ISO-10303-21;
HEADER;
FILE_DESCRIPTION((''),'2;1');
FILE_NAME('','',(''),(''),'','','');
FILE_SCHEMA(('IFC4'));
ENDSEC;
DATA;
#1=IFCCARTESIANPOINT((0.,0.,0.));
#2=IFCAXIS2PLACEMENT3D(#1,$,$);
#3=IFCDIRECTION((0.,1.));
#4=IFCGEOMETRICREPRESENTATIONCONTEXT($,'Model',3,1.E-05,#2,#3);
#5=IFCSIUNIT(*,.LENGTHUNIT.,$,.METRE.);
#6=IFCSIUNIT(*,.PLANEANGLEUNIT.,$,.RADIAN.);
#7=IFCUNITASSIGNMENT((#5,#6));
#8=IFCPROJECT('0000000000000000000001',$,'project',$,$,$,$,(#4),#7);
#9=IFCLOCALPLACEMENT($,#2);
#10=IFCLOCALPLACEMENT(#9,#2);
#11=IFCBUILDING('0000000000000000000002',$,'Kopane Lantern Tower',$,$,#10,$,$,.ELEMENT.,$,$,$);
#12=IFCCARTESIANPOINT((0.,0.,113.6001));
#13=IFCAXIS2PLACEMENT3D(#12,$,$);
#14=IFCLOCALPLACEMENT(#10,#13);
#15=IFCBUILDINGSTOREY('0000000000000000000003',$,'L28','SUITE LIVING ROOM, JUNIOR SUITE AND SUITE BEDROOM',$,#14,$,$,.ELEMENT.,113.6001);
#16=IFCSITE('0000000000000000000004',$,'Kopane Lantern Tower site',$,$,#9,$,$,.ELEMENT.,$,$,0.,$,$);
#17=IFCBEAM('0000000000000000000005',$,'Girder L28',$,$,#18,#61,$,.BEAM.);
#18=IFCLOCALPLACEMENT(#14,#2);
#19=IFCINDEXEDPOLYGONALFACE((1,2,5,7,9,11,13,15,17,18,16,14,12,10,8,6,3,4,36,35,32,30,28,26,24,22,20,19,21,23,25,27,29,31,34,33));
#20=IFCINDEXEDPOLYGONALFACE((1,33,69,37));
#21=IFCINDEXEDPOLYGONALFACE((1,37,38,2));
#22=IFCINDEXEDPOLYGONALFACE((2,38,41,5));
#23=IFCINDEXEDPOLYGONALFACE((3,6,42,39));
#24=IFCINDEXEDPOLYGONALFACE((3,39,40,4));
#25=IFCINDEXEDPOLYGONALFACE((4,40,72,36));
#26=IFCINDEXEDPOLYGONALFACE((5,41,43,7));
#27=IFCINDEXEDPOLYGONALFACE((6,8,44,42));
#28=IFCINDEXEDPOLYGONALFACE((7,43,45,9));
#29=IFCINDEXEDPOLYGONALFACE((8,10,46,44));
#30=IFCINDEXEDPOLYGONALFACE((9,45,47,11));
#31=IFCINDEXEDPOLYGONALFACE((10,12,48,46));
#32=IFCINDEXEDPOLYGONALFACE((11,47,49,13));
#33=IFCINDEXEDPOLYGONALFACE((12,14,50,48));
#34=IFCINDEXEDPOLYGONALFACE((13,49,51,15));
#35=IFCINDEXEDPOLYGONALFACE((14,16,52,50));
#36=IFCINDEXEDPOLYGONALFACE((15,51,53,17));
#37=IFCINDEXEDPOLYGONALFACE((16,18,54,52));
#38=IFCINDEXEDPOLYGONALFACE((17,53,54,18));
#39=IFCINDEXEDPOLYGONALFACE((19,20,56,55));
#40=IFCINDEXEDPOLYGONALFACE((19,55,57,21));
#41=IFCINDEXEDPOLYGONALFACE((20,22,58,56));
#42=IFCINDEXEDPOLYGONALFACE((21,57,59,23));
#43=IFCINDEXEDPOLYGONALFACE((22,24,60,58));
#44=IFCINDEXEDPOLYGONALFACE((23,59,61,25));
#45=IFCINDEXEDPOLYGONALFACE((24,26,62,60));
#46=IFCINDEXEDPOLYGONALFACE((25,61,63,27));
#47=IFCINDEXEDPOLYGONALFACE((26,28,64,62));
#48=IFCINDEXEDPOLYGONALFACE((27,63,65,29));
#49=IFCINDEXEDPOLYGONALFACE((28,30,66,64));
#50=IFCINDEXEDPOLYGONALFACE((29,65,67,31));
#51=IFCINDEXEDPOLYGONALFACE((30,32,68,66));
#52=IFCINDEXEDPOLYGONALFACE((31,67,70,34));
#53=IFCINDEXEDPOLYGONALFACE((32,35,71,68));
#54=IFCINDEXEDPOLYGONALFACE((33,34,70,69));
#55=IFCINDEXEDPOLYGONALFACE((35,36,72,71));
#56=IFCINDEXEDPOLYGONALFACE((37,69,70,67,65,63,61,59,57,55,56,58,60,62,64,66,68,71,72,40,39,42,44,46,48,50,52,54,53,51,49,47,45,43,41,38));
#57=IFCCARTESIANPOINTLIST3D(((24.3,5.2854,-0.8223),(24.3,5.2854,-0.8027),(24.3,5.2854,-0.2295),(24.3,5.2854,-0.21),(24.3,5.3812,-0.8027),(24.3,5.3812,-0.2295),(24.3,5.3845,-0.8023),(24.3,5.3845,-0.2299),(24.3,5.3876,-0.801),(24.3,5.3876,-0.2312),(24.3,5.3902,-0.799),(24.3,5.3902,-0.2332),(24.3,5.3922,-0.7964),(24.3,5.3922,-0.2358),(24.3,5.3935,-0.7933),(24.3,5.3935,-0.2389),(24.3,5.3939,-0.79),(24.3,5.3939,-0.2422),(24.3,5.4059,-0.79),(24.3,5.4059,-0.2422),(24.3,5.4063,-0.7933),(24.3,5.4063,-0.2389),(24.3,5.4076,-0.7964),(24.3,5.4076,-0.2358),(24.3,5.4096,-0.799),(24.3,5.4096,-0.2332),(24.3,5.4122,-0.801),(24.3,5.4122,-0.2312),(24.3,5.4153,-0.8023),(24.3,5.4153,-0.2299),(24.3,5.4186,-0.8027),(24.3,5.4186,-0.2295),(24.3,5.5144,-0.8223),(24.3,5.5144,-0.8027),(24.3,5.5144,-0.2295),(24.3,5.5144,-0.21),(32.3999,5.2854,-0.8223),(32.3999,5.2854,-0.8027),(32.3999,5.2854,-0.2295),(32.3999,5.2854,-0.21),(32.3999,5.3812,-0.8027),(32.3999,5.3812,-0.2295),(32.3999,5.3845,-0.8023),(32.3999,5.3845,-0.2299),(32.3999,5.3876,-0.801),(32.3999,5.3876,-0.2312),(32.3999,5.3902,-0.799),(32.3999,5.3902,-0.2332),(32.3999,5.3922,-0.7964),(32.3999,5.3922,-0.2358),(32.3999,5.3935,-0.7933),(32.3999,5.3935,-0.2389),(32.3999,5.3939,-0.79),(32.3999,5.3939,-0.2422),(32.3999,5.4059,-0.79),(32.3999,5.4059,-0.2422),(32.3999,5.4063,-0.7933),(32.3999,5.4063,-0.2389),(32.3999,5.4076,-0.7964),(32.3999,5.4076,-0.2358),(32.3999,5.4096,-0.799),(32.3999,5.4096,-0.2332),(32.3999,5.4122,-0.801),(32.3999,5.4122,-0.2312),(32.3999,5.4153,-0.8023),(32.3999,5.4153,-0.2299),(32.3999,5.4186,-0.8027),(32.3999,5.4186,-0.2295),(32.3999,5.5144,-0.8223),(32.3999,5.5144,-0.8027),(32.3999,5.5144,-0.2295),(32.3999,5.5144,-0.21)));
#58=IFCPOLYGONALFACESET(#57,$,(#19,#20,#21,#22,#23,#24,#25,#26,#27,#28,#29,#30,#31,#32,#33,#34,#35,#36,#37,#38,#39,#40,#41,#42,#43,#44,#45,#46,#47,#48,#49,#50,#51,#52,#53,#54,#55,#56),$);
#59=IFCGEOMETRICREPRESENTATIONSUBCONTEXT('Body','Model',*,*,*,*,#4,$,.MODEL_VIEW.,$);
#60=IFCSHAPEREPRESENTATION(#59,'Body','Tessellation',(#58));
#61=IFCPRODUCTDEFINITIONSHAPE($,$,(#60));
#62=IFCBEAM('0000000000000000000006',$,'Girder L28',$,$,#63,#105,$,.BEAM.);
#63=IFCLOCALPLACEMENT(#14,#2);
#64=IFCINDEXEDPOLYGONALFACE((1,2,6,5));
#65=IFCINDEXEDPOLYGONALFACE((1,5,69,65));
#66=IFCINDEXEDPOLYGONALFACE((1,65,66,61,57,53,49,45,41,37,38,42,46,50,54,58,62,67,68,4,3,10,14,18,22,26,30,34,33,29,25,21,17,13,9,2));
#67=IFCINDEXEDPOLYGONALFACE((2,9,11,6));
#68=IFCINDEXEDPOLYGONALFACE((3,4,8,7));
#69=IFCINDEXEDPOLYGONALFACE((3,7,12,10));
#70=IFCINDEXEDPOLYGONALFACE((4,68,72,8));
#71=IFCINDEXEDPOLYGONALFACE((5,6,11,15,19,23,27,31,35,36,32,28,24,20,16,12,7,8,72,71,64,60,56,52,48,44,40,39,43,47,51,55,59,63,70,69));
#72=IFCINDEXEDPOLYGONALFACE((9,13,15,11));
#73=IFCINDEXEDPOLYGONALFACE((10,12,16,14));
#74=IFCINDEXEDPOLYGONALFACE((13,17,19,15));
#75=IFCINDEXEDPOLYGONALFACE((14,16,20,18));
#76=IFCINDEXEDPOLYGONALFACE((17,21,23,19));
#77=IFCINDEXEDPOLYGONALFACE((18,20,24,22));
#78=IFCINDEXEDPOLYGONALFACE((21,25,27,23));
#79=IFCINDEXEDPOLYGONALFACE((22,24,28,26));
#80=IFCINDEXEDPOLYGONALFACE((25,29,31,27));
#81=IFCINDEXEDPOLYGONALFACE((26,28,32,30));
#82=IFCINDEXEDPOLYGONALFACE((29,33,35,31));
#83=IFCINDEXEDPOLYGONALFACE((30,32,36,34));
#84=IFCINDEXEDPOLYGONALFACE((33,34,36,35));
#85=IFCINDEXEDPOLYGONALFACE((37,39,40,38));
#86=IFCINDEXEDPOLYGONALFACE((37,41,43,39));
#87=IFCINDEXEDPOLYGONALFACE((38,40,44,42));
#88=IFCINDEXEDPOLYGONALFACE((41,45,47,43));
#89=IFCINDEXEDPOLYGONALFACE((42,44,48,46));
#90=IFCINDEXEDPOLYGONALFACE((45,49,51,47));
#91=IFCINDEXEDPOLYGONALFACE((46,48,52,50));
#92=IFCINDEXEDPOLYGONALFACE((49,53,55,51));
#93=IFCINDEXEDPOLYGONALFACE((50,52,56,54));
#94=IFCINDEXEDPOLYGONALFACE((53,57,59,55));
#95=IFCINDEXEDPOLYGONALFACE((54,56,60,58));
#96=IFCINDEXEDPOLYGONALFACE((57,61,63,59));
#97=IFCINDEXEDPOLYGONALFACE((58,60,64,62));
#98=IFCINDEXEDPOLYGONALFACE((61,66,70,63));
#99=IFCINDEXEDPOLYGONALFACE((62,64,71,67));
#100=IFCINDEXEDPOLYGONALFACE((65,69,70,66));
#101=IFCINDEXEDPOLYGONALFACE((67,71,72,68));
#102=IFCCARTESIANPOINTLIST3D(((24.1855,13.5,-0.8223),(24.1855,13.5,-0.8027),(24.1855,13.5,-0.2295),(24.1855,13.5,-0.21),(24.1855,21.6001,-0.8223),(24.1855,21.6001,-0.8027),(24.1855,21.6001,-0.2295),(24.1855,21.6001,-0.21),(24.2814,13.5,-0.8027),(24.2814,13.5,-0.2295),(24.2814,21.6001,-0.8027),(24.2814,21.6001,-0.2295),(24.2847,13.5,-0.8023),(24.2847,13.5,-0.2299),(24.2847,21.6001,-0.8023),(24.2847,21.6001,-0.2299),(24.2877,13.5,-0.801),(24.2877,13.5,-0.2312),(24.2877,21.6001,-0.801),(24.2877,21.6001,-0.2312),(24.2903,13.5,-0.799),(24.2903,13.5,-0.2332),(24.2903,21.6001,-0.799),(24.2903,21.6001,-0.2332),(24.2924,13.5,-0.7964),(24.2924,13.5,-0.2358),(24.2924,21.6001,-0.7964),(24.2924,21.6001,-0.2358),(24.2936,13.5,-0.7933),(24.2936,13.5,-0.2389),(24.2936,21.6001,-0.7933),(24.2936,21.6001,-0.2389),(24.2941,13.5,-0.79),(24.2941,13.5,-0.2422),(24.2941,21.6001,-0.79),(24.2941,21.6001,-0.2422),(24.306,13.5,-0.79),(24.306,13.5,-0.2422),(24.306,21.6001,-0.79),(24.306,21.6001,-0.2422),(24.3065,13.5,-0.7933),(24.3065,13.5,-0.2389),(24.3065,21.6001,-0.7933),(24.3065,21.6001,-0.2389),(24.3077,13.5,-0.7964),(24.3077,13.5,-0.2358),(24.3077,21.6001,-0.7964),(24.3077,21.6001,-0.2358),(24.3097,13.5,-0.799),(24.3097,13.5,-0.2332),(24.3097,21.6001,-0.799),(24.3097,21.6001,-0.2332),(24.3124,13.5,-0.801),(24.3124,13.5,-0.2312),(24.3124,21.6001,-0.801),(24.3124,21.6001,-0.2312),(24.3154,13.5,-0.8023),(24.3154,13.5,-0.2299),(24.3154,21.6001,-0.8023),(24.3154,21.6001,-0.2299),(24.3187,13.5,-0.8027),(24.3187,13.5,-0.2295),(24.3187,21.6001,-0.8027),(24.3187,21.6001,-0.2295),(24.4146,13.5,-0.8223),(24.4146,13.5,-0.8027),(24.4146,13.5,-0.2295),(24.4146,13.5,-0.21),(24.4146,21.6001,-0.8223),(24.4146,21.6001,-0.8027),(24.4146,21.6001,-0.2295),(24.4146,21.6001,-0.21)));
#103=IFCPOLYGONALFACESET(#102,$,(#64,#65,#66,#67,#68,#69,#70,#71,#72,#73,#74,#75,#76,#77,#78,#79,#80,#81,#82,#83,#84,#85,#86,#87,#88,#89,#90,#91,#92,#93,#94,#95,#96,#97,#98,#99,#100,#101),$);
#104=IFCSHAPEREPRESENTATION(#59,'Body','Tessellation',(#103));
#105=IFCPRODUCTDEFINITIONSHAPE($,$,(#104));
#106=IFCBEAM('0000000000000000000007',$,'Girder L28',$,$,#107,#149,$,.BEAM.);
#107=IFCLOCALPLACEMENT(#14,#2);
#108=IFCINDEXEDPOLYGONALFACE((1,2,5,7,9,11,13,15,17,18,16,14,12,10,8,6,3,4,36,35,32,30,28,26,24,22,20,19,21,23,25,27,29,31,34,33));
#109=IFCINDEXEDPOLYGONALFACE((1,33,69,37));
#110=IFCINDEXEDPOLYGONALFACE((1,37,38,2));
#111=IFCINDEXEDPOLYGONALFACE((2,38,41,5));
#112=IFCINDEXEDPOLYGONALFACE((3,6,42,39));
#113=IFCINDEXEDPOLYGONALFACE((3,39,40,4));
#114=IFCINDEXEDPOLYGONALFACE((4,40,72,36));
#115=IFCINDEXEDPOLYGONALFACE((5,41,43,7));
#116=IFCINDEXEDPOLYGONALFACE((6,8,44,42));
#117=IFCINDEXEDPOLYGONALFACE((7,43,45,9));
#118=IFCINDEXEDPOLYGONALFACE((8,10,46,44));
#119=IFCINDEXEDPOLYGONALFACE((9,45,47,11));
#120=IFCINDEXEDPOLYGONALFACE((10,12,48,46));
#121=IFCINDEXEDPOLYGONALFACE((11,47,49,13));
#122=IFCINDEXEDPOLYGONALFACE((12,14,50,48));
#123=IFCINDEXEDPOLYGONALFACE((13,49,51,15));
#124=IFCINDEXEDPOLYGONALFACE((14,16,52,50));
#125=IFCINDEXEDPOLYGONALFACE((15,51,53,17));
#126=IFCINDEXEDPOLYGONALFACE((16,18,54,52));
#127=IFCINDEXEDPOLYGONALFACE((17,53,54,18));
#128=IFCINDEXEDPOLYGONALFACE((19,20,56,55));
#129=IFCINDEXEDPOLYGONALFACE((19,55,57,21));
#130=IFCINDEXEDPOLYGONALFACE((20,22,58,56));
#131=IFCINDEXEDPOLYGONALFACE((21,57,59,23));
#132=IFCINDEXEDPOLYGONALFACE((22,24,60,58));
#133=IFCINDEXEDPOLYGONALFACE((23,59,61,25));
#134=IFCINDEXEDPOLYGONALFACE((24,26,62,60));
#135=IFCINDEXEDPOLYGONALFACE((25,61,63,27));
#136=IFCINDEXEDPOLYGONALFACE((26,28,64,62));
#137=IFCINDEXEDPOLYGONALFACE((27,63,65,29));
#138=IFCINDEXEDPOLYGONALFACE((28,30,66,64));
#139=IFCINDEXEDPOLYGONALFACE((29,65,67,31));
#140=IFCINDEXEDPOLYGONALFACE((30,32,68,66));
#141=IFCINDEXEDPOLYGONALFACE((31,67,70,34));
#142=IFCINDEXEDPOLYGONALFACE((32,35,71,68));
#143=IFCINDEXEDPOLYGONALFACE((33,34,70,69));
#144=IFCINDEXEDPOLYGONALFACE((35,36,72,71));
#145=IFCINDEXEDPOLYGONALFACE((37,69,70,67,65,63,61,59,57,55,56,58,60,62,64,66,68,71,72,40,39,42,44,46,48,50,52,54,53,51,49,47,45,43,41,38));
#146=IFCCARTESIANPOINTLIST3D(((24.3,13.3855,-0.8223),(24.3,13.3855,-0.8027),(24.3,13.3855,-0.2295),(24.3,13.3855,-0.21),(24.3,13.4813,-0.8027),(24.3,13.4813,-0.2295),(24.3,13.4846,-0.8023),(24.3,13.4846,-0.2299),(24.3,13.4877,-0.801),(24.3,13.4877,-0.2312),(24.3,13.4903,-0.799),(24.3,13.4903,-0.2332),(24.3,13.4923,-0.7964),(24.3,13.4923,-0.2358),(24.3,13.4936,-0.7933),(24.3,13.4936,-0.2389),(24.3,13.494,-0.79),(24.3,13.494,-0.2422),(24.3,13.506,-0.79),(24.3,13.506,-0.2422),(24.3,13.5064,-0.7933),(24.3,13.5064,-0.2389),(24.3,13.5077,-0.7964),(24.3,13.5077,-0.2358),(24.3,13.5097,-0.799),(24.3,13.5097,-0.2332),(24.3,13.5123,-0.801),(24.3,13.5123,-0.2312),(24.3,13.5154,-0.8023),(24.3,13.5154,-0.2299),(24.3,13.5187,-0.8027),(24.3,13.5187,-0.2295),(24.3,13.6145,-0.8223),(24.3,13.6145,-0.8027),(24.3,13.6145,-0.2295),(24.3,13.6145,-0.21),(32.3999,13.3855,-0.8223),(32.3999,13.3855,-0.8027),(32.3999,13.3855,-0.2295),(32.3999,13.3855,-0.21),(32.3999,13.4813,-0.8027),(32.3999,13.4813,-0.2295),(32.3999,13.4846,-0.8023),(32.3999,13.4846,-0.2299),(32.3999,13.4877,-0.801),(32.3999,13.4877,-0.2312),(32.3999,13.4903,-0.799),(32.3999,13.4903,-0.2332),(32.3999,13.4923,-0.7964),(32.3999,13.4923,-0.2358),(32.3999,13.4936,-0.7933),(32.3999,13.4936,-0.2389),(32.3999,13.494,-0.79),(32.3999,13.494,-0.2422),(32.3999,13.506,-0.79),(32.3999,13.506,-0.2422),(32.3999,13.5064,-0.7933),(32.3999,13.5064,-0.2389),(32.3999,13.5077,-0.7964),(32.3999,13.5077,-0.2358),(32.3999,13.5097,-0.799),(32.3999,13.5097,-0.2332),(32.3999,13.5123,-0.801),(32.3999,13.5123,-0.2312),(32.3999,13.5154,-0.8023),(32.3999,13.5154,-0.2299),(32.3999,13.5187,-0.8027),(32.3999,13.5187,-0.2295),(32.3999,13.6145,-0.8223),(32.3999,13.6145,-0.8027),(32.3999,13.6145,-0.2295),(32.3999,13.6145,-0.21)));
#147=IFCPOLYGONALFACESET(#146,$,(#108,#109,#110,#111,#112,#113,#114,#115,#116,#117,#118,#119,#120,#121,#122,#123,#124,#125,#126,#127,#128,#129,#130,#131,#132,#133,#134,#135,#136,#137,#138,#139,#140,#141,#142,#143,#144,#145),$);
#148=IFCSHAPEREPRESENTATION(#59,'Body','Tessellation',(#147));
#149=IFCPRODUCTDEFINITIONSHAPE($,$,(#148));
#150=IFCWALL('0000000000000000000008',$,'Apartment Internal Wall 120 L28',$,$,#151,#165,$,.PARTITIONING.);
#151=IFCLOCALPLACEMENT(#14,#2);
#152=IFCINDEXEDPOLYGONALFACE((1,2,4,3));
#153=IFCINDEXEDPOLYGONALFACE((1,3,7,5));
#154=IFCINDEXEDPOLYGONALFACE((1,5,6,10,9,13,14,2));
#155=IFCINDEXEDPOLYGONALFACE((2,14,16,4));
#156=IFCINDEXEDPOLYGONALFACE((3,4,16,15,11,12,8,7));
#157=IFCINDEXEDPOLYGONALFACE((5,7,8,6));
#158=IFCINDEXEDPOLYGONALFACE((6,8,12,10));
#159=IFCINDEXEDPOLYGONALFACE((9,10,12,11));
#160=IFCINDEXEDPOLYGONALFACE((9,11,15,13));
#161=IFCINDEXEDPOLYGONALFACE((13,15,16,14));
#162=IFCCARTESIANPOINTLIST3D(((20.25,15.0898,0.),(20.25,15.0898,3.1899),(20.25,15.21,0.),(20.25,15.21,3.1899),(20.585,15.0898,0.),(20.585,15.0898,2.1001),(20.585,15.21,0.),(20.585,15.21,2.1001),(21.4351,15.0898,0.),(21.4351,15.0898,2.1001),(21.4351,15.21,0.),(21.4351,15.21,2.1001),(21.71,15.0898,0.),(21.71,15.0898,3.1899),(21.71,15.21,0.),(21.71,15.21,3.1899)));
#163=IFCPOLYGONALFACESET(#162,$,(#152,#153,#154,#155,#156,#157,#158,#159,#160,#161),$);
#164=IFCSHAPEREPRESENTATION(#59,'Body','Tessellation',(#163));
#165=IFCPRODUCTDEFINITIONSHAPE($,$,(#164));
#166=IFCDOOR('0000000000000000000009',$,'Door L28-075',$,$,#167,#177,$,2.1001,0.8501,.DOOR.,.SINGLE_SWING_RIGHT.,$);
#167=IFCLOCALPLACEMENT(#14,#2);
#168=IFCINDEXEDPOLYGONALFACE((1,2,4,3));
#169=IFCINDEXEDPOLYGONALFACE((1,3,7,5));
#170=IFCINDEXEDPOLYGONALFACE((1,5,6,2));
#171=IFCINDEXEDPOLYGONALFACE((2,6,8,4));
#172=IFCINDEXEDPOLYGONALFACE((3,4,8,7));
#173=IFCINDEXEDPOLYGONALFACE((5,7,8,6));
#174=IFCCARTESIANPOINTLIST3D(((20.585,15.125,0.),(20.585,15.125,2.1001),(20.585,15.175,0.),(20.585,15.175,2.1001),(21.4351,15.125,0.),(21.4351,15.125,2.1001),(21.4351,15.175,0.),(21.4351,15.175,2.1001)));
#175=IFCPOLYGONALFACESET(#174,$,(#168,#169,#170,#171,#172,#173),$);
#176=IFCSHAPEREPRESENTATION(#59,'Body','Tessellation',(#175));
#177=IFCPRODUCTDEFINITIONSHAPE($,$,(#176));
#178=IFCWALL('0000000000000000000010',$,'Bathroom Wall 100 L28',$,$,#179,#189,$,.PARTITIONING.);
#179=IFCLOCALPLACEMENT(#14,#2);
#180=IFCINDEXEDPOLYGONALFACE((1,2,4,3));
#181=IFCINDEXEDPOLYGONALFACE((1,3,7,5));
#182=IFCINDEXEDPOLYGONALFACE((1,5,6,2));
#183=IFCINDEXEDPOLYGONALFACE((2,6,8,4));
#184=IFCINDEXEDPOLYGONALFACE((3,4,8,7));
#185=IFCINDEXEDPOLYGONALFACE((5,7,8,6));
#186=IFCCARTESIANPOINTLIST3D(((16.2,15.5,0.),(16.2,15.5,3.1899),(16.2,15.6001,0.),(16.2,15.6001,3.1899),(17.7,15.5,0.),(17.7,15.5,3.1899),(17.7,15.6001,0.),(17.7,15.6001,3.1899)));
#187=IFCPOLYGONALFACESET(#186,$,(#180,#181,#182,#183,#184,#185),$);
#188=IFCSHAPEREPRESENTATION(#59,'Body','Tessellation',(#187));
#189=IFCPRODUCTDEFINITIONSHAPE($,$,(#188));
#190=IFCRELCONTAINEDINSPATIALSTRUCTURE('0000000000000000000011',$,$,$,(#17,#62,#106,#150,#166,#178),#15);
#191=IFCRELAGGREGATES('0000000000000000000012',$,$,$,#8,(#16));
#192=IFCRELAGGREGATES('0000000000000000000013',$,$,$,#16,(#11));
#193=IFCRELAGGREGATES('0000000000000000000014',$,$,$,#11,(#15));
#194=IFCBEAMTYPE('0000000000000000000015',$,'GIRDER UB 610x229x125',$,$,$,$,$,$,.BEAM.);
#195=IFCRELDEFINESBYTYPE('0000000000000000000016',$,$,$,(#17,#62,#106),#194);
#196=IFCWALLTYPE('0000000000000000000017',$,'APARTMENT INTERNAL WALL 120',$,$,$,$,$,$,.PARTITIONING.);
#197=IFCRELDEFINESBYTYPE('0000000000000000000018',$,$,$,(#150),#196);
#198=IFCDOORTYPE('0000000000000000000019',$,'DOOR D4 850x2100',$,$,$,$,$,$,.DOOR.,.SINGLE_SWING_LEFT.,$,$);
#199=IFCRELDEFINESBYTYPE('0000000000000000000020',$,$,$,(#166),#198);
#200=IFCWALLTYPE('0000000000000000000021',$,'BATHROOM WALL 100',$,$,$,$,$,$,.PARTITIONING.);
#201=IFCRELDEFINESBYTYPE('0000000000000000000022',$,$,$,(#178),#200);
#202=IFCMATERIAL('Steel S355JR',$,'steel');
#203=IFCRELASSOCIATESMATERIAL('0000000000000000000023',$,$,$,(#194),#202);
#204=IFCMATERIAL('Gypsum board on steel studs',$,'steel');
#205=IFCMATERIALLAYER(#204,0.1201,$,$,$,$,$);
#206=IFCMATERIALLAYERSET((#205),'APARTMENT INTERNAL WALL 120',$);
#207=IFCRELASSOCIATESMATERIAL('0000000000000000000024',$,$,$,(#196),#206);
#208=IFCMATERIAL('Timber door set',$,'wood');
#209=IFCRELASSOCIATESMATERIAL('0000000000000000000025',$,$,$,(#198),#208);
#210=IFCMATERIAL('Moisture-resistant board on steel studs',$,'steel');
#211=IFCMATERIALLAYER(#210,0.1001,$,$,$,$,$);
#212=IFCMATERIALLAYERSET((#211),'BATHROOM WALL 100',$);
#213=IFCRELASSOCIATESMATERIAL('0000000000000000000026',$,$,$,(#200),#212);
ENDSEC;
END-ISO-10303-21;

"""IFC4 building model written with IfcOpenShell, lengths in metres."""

from ifc_helpers import new_model, si_unit, direction, frame, frame_2d, origin, origin_2d, place, context, subcontext, project, spatial, rectangle, i_section, extrude, material, layer, layer_set, material_profile, profile_set, type_object, element, fill, save


model = new_model("IFC4")

# Units and contexts
model_context = context("Model", 3, precision=1e-05, world=origin(), true_north=direction((0.0, 1.0)))
body_context = subcontext(model_context, "Body", "Model", "MODEL_VIEW")
ifc_project = project(units=[si_unit("LENGTHUNIT", "METRE"), si_unit("PLANEANGLEUNIT", "RADIAN")], contexts=[model_context])

# Site, building, storey
site_placement = place(None, origin())
site = spatial("IfcSite", under=ifc_project, at=site_placement, Name="Kopane Lantern Tower site", CompositionType="ELEMENT", RefElevation=0.0)
building_placement = place(site_placement, origin())
building = spatial("IfcBuilding", under=site, at=building_placement, Name="Kopane Lantern Tower", CompositionType="ELEMENT")
storey_placement = place(building_placement, frame((0.0, 0.0, 113.6001)))
storey = spatial("IfcBuildingStorey", under=building, at=storey_placement, Name="L28", Description="SUITE LIVING ROOM, JUNIOR SUITE AND SUITE BEDROOM", CompositionType="ELEMENT", Elevation=113.6001)

# Beams
ifc_material_1 = material(Name="Steel S355JR", Category="steel")
ifc_material_profile_1 = material_profile(ifc_material_1, i_section(OverallWidth=0.229, OverallDepth=0.6123, WebThickness=0.012, FlangeThickness=0.0195, FilletRadius=0.0127, at=origin_2d()), Name="UB 610x229x125")
ifc_profile_set_1 = profile_set([ifc_material_profile_1], Name="Steel S355JR")
beam_type = type_object("IfcBeamType", Name="GIRDER UB 610x229x125", PredefinedType="BEAM", material=ifc_profile_set_1)
beam_1_placement = place(storey_placement, frame((24.3, 5.3999, -0.5161), z_axis=(1.0, 0.0, 0.0), x_axis=(0.0, 1.0, 0.0)))
element("IfcBeam", 1, at=beam_1_placement, inside=storey, type_object=beam_type, Name="Girder L28", PredefinedType="BEAM", context=body_context, shape_type="SweptSolid", body=[
    extrude(i_section(OverallWidth=0.229, OverallDepth=0.6123, WebThickness=0.012, FlangeThickness=0.0195, FilletRadius=0.0127, at=origin_2d()), origin(), (0.0, 0.0, 1.0), 8.0999),
])
beam_2_placement = place(storey_placement, frame((24.3, 13.5, -0.5161), z_axis=(0.0, 1.0, 0.0), x_axis=(-1.0, 0.0, 0.0)))
element("IfcBeam", 2, at=beam_2_placement, inside=storey, type_object=beam_type, Name="Girder L28", PredefinedType="BEAM", context=body_context, shape_type="SweptSolid", body=[
    extrude(i_section(OverallWidth=0.229, OverallDepth=0.6123, WebThickness=0.012, FlangeThickness=0.0195, FilletRadius=0.0127, at=origin_2d()), origin(), (0.0, 0.0, 1.0), 8.1001),
])
beam_3_placement = place(storey_placement, frame((24.3, 13.5, -0.5161), z_axis=(1.0, 0.0, 0.0), x_axis=(0.0, 1.0, 0.0)))
element("IfcBeam", 3, at=beam_3_placement, inside=storey, type_object=beam_type, Name="Girder L28", PredefinedType="BEAM", context=body_context, shape_type="SweptSolid", body=[
    extrude(i_section(OverallWidth=0.229, OverallDepth=0.6123, WebThickness=0.012, FlangeThickness=0.0195, FilletRadius=0.0127, at=origin_2d()), origin(), (0.0, 0.0, 1.0), 8.0999),
])

# Wall, opening, door
ifc_material_2 = material(Name="Gypsum board on steel studs", Category="steel")
ifc_layer_1 = layer(ifc_material_2, 0.1201)
ifc_layer_set_1 = layer_set([ifc_layer_1], Name="APARTMENT INTERNAL WALL 120")
wall_type_1 = type_object("IfcWallType", Name="APARTMENT INTERNAL WALL 120", PredefinedType="PARTITIONING", material=ifc_layer_set_1)
wall_1_placement = place(storey_placement, frame((21.71, 15.1499, 0.0), z_axis=(0.0, 0.0, 1.0), x_axis=(-1.0, 0.0, 0.0)))
wall_1 = element("IfcWall", 4, at=wall_1_placement, inside=storey, type_object=wall_type_1, Name="Apartment Internal Wall 120 L28", PredefinedType="PARTITIONING", context=body_context, shape_type="SweptSolid", body=[
    extrude(rectangle(XDim=1.46, YDim=0.1201, at=frame_2d((0.73, 0.0))), origin(), (0.0, 0.0, 1.0), 3.1899),
])
opening_placement = place(wall_1_placement, frame((0.2749, 0.0, 0.0)))
opening = element("IfcOpeningElement", 5, at=opening_placement, cuts=wall_1, PredefinedType="OPENING", context=body_context, shape_type="SweptSolid", body=[
    extrude(rectangle(XDim=0.8501, YDim=2.1001, at=frame_2d((0.425, 1.05))), frame((0.0, 0.0701, 0.0), z_axis=(0.0, -1.0, 0.0), x_axis=(1.0, 0.0, 0.0)), (0.0, 0.0, 1.0), 0.1401),
])
ifc_material_3 = material(Name="Timber door set", Category="wood")
door_type = type_object("IfcDoorType", Name="DOOR D4 850x2100", OperationType="SINGLE_SWING_LEFT", PredefinedType="DOOR", material=ifc_material_3)
door_placement = place(opening_placement, origin())
door = element("IfcDoor", 6, at=door_placement, inside=storey, type_object=door_type, Name="Door L28-075", OperationType="SINGLE_SWING_RIGHT", OverallHeight=2.1001, OverallWidth=0.8501, PredefinedType="DOOR", context=body_context, shape_type="SweptSolid", body=[
    extrude(rectangle(XDim=0.8501, YDim=2.1001, at=frame_2d((0.425, 1.05))), frame((0.0, 0.0249, 0.0), z_axis=(0.0, -1.0, 0.0), x_axis=(1.0, 0.0, 0.0)), (0.0, 0.0, 1.0), 0.05),
])
fill(opening, door)

# Wall
ifc_material_4 = material(Name="Moisture-resistant board on steel studs", Category="steel")
ifc_layer_2 = layer(ifc_material_4, 0.1001)
ifc_layer_set_2 = layer_set([ifc_layer_2], Name="BATHROOM WALL 100")
wall_type_2 = type_object("IfcWallType", Name="BATHROOM WALL 100", PredefinedType="PARTITIONING", material=ifc_layer_set_2)
wall_2_placement = place(storey_placement, frame((16.2, 15.55, 0.0), z_axis=(0.0, 0.0, 1.0), x_axis=(1.0, 0.0, 0.0)))
element("IfcWall", 7, at=wall_2_placement, inside=storey, type_object=wall_type_2, Name="Bathroom Wall 100 L28", PredefinedType="PARTITIONING", context=body_context, shape_type="SweptSolid", body=[
    extrude(rectangle(XDim=1.5, YDim=0.1001, at=frame_2d((0.75, 0.0))), origin(), (0.0, 0.0, 1.0), 3.1899),
])

save(model, "model.ifc")
